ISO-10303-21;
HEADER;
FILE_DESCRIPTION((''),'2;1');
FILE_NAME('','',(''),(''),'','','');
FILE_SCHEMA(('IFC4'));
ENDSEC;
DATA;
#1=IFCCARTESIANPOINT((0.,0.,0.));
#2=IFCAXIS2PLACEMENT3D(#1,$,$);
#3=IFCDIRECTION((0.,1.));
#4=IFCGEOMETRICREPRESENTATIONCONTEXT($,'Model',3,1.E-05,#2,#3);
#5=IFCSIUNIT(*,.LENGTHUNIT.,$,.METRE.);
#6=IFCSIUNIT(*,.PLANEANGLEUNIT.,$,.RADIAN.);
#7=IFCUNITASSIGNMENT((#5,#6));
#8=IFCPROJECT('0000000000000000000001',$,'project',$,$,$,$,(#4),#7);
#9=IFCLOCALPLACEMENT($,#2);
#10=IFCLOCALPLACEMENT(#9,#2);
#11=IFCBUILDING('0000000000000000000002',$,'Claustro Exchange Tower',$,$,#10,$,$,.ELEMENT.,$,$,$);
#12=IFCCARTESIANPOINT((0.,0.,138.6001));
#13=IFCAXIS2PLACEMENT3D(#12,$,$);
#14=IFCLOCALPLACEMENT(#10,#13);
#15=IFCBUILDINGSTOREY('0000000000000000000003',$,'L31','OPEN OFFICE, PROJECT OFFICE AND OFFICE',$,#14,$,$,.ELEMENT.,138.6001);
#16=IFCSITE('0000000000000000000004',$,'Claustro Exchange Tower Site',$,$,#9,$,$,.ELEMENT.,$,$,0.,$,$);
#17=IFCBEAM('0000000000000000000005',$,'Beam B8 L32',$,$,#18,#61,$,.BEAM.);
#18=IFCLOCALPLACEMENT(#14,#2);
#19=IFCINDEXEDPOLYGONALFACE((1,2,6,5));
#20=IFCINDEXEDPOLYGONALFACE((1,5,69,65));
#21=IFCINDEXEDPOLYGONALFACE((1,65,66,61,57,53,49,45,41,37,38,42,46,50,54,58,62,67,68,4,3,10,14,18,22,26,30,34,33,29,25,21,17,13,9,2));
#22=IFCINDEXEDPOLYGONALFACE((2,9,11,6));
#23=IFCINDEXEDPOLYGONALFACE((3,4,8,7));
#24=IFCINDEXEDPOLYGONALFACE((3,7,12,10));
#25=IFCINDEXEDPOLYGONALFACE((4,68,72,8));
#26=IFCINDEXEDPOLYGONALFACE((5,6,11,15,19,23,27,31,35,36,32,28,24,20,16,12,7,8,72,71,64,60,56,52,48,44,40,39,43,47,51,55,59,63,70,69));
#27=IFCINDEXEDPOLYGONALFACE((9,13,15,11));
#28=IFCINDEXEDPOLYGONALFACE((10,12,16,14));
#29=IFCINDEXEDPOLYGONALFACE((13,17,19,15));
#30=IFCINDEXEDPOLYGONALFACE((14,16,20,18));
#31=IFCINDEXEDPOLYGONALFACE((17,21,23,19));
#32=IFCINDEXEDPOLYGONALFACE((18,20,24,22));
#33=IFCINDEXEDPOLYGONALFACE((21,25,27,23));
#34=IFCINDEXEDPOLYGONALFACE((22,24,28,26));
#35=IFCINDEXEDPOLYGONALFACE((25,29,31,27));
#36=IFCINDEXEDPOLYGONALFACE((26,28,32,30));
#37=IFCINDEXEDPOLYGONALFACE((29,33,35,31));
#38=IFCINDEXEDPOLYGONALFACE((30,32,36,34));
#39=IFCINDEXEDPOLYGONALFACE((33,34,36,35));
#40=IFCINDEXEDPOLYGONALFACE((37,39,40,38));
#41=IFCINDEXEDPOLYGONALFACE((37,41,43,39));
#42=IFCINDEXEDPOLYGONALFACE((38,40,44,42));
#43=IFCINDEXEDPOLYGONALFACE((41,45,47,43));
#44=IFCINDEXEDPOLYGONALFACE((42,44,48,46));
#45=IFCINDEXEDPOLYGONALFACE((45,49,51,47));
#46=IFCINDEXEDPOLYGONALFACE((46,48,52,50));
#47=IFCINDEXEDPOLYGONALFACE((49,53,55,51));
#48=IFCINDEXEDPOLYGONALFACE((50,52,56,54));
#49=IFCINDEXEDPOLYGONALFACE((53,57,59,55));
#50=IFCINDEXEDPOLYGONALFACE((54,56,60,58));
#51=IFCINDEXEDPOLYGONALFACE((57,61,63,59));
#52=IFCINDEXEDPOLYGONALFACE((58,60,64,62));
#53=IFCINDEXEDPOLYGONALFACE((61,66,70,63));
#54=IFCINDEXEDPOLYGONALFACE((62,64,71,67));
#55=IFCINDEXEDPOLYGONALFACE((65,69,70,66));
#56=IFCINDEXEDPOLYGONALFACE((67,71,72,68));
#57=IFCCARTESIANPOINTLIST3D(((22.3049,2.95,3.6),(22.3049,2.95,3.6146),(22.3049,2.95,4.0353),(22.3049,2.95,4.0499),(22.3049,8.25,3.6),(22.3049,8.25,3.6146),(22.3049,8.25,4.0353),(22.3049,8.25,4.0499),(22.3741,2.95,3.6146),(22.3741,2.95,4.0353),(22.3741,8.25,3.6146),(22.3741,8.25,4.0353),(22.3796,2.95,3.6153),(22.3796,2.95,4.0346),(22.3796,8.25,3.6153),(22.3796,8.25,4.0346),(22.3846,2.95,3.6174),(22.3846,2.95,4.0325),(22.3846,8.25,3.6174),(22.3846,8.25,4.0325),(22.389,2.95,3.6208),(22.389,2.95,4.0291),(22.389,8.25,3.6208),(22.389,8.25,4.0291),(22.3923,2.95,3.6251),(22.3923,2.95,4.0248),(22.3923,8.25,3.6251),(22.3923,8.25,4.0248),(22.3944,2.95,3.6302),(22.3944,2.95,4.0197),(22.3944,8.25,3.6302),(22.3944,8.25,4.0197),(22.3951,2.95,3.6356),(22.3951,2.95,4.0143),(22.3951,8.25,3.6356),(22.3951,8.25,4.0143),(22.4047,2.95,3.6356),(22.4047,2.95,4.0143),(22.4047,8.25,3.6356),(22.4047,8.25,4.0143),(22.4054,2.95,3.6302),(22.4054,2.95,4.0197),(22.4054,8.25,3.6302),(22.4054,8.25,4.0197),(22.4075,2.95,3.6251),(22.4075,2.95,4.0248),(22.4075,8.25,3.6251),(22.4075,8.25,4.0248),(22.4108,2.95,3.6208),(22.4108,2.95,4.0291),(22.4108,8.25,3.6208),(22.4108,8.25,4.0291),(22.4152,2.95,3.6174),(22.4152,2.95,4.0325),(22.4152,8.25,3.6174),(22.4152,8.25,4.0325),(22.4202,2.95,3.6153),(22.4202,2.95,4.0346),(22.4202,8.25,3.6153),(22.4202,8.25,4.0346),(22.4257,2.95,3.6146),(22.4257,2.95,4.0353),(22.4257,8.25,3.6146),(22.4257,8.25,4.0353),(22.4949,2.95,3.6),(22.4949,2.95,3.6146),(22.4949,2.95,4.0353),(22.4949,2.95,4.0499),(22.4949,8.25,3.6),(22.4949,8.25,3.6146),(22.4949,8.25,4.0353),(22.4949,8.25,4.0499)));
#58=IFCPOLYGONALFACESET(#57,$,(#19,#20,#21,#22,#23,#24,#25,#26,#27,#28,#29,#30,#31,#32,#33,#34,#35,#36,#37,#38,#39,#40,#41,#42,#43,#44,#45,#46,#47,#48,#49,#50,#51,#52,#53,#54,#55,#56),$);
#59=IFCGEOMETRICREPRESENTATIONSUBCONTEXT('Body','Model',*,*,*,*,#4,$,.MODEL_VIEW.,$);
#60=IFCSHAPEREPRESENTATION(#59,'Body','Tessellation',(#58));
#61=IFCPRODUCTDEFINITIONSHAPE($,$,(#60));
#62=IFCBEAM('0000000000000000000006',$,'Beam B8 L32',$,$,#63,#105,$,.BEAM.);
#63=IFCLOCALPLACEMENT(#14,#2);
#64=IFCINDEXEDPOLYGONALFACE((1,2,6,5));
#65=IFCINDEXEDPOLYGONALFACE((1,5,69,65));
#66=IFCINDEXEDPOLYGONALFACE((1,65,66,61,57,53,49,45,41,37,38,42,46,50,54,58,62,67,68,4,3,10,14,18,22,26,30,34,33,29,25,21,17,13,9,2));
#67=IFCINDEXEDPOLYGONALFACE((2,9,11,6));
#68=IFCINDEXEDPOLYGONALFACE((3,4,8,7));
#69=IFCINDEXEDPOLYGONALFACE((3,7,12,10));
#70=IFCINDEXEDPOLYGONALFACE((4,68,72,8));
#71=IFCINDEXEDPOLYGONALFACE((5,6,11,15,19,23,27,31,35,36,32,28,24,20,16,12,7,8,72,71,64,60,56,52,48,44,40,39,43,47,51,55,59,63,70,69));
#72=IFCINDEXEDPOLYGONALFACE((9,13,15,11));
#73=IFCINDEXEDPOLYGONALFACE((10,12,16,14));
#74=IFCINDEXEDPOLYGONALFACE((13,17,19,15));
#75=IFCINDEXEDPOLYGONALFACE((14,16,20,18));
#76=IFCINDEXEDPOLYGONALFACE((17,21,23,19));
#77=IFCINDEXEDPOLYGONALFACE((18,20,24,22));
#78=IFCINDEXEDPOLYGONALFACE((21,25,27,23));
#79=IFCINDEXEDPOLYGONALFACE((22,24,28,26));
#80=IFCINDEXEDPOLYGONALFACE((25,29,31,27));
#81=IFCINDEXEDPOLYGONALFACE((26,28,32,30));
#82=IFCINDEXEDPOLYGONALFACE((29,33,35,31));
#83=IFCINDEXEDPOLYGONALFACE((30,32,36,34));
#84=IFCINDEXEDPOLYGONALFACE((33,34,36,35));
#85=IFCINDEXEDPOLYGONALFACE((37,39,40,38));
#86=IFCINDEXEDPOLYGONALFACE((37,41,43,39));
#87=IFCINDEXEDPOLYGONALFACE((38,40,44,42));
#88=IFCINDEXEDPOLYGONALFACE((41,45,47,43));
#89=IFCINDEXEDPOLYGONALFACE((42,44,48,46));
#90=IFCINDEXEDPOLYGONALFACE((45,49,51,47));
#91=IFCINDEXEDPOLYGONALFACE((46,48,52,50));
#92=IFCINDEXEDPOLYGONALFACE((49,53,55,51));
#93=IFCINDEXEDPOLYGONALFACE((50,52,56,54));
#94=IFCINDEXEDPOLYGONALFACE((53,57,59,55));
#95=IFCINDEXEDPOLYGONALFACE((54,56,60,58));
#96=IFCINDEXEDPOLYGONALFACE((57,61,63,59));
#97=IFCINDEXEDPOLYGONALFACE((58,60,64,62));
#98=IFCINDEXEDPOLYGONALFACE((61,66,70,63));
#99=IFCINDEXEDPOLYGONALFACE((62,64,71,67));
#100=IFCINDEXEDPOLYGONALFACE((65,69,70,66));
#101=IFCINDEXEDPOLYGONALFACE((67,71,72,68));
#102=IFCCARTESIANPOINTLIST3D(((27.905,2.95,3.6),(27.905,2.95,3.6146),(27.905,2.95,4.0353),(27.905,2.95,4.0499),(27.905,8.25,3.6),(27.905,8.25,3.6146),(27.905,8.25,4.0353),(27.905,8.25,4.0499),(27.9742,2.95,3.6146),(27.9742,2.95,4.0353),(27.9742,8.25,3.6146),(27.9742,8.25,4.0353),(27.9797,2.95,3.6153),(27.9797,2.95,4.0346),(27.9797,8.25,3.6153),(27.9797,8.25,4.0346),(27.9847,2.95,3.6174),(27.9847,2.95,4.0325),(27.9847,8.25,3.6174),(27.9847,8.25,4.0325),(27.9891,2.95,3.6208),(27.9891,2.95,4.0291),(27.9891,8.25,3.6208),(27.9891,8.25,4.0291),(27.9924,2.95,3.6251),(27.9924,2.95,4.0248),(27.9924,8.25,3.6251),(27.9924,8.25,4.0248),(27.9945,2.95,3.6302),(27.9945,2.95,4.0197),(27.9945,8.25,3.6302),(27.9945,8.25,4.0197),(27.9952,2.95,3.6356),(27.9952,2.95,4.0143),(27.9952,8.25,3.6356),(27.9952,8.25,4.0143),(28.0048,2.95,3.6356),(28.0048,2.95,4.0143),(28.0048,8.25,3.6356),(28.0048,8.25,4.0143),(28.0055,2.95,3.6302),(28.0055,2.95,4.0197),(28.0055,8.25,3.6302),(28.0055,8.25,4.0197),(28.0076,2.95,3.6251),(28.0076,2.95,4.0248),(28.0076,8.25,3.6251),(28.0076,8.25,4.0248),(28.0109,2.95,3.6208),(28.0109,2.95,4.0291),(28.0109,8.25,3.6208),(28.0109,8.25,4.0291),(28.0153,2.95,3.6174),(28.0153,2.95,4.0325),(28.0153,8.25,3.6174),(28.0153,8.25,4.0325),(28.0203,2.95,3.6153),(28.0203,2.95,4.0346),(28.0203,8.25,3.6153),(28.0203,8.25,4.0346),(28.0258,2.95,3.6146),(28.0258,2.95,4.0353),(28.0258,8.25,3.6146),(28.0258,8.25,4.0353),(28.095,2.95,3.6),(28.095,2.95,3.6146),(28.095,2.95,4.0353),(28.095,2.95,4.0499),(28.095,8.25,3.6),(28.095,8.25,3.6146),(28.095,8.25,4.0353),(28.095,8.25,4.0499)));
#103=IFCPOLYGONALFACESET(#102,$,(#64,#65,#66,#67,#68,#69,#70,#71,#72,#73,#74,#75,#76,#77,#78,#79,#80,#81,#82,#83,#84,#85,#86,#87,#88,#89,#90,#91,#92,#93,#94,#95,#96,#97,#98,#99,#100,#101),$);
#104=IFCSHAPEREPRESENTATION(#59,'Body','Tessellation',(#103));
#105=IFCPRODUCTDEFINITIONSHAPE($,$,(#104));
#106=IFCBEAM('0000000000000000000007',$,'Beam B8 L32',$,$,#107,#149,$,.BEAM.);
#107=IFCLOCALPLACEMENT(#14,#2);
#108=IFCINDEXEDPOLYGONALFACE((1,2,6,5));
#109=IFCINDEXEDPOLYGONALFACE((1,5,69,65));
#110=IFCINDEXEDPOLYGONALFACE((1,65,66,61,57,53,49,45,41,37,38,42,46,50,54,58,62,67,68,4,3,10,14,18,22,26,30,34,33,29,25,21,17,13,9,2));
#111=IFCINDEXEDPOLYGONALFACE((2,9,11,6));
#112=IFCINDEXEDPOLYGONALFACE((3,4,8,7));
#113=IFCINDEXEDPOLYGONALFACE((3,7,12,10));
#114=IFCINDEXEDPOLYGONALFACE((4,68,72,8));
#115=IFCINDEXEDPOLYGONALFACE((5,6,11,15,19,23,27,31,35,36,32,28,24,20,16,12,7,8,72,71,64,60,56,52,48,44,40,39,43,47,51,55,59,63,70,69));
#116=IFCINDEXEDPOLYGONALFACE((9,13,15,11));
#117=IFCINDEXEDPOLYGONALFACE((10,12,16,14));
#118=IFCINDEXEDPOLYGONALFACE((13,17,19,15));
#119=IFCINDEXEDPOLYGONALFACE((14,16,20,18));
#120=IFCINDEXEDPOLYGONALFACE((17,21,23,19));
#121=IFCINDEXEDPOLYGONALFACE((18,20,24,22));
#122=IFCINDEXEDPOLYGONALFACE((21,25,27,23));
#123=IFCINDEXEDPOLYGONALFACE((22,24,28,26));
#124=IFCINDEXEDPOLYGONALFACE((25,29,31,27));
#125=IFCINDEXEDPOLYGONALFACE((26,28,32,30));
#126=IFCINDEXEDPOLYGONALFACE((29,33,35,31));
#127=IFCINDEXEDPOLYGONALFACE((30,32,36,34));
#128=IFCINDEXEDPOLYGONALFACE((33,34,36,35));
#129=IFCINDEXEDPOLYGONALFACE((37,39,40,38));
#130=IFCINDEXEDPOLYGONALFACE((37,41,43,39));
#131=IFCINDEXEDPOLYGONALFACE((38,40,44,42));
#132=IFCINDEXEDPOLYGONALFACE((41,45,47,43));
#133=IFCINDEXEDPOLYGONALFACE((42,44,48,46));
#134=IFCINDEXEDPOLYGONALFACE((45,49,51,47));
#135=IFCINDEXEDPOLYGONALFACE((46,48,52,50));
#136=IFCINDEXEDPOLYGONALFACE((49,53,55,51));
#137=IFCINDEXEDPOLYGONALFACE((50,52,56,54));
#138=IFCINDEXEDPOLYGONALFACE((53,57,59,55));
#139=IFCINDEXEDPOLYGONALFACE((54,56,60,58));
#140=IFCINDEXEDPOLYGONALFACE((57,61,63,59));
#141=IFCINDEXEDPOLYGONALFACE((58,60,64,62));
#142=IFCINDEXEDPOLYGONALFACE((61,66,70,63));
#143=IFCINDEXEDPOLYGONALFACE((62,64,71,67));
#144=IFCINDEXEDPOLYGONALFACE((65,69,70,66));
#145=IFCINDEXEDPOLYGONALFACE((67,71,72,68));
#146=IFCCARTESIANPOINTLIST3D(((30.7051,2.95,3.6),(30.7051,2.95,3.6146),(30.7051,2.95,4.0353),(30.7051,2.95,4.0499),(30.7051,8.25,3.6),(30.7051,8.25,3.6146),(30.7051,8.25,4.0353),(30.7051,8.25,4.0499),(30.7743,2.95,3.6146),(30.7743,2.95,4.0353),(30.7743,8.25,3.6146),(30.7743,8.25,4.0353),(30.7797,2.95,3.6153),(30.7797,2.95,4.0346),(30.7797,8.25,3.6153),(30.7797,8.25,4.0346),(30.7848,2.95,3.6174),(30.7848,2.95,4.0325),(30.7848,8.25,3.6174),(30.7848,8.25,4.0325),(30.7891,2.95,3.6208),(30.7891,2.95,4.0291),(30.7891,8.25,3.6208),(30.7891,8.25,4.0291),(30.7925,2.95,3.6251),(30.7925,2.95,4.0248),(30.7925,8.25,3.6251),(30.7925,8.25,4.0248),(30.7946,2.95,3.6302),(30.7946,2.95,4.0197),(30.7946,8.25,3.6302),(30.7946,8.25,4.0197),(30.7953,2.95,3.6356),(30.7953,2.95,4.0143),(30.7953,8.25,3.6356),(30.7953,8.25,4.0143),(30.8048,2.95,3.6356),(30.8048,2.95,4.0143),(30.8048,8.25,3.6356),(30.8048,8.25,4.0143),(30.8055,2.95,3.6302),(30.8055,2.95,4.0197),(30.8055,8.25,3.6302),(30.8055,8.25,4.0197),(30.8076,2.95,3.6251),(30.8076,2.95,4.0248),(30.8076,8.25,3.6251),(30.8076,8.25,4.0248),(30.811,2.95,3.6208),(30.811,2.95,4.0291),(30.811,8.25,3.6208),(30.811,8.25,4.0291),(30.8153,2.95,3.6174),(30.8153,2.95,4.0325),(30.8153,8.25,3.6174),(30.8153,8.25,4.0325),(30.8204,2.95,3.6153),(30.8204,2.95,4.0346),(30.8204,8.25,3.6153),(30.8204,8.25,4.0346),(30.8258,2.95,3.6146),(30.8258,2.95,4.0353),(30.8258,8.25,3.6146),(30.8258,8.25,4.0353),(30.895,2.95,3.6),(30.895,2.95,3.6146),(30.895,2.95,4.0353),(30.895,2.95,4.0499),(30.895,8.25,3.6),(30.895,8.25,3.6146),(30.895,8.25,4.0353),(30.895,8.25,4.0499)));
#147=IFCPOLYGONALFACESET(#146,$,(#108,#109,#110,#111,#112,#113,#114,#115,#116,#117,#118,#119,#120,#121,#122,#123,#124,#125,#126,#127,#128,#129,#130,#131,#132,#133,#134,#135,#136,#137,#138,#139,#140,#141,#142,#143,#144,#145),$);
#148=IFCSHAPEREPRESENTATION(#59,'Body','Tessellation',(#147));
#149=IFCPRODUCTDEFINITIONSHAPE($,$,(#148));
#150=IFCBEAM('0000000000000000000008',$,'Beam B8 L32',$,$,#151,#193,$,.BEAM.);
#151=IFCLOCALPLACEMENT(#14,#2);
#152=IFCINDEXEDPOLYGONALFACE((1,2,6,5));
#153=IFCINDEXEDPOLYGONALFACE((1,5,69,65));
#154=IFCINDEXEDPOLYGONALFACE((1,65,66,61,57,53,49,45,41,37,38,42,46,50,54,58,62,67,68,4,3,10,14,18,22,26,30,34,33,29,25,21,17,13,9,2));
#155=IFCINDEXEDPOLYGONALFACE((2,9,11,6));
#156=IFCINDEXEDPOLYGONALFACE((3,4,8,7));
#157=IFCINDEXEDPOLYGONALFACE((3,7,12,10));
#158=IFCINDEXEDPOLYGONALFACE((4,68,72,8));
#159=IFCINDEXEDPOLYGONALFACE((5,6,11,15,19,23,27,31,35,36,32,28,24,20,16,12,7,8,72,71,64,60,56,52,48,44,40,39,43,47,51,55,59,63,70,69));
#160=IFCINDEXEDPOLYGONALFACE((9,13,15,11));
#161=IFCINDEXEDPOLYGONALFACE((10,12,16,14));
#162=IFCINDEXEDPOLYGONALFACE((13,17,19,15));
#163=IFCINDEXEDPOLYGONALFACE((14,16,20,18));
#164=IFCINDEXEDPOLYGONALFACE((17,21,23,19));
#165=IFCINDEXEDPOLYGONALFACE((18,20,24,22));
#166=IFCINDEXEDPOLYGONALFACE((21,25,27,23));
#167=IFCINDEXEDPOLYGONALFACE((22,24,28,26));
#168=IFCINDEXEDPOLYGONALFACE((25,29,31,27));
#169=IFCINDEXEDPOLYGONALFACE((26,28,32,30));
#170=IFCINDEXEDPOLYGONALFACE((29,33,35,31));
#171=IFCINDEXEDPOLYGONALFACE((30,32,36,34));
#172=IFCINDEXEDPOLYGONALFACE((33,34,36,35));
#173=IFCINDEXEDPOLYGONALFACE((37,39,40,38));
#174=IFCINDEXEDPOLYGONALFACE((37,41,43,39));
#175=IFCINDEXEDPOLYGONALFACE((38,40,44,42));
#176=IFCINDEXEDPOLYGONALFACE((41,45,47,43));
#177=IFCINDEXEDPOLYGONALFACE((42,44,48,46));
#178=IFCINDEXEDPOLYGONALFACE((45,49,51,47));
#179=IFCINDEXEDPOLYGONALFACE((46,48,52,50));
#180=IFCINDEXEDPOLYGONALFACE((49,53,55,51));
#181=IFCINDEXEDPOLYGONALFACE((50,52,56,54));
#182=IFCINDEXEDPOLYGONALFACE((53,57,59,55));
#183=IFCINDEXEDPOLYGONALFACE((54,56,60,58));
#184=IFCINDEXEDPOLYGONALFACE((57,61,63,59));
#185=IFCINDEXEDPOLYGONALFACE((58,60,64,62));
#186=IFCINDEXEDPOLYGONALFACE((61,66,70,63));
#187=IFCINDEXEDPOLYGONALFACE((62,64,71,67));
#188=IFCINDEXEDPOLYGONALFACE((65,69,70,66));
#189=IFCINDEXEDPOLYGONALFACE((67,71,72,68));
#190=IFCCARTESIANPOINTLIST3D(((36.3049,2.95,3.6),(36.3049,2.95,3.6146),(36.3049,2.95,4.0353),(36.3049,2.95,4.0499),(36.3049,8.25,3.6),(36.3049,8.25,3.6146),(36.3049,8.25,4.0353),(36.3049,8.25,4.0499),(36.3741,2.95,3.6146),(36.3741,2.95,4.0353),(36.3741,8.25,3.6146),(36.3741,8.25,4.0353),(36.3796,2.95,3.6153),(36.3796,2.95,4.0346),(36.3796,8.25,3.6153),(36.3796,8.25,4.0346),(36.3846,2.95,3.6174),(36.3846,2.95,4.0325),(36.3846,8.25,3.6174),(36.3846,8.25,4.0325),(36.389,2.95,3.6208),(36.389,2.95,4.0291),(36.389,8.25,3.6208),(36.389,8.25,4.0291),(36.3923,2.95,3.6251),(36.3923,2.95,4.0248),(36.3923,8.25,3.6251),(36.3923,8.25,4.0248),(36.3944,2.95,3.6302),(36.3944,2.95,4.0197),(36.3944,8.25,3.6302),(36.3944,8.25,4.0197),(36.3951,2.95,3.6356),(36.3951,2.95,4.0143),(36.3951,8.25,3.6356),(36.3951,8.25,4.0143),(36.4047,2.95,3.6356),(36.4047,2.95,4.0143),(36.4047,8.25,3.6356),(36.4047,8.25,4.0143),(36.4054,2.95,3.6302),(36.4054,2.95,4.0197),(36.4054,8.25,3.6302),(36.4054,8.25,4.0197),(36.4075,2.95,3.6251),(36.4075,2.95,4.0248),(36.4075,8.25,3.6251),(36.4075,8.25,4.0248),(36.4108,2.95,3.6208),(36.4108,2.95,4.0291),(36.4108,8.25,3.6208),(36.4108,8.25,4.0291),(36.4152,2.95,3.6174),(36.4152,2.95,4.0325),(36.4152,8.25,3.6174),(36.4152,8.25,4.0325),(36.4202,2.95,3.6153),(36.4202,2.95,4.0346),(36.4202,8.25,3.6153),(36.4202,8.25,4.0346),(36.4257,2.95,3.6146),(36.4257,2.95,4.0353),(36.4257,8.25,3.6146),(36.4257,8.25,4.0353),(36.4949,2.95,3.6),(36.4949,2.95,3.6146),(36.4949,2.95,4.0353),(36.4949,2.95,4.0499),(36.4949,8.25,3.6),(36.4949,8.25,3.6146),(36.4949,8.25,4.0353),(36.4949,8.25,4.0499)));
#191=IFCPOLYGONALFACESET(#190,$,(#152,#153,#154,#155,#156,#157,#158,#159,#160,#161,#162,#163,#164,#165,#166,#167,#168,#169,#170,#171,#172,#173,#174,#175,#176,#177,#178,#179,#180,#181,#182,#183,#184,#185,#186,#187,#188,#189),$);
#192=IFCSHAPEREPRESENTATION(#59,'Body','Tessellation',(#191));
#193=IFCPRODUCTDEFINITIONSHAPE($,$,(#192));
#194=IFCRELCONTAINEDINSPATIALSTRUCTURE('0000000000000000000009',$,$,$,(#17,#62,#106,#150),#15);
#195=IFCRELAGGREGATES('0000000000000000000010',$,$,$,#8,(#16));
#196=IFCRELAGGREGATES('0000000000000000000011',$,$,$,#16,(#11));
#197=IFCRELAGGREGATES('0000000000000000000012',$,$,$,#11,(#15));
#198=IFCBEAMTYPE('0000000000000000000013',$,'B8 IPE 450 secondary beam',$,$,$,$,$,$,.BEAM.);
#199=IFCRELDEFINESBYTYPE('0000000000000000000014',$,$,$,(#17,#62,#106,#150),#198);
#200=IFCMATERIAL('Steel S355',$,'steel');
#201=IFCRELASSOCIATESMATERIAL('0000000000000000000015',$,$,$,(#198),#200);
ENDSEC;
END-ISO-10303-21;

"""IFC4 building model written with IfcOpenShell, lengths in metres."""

from ifc_helpers import new_model, si_unit, direction, frame, origin, origin_2d, place, context, subcontext, project, spatial, i_section, extrude, material, material_profile, profile_set, type_object, element, save


model = new_model("IFC4")

# Units and contexts
model_context = context("Model", 3, precision=1e-05, world=origin(), true_north=direction((0.0, 1.0)))
body_context = subcontext(model_context, "Body", "Model", "MODEL_VIEW")
ifc_project = project(units=[si_unit("LENGTHUNIT", "METRE"), si_unit("PLANEANGLEUNIT", "RADIAN")], contexts=[model_context])

# Site, building, storey
site_placement = place(None, origin())
site = spatial("IfcSite", under=ifc_project, at=site_placement, Name="Claustro Exchange Tower Site", CompositionType="ELEMENT", RefElevation=0.0)
building_placement = place(site_placement, origin())
building = spatial("IfcBuilding", under=site, at=building_placement, Name="Claustro Exchange Tower", CompositionType="ELEMENT")
storey_placement = place(building_placement, frame((0.0, 0.0, 138.6001)))
storey = spatial("IfcBuildingStorey", under=building, at=storey_placement, Name="L31", Description="OPEN OFFICE, PROJECT OFFICE AND OFFICE", CompositionType="ELEMENT", Elevation=138.6001)

# Beams
ifc_material_1 = material(Name="Steel S355", Category="steel")
ifc_material_profile_1 = material_profile(ifc_material_1, i_section(OverallWidth=0.1899, OverallDepth=0.45, WebThickness=0.0095, FlangeThickness=0.0146, FilletRadius=0.021, at=origin_2d()), Name="IPE 450")
ifc_profile_set_1 = profile_set([ifc_material_profile_1], Name="Steel S355")
beam_type_1 = type_object("IfcBeamType", Name="B8 IPE 450 secondary beam", PredefinedType="BEAM", material=ifc_profile_set_1)
for number, where, z_axis, x_axis, name in (
    (1, (22.3999, 2.95, 3.825), (0.0, 1.0, 0.0), (-1.0, 0.0, 0.0), "Beam B8 L32"),
    (2, (28.0, 2.95, 3.825), (0.0, 1.0, 0.0), (-1.0, 0.0, 0.0), "Beam B8 L32"),
    (3, (30.8, 2.95, 3.825), (0.0, 1.0, 0.0), (-1.0, 0.0, 0.0), "Beam B8 L32"),
    (4, (36.3999, 2.95, 3.825), (0.0, 1.0, 0.0), (-1.0, 0.0, 0.0), "Beam B8 L32"),
):
    element("IfcBeam", number, at=place(storey_placement, frame(where, z_axis=z_axis, x_axis=x_axis)), inside=storey, type_object=beam_type_1, Name=name, PredefinedType="BEAM", context=body_context, shape_type="SweptSolid", body=[
        extrude(i_section(OverallWidth=0.1899, OverallDepth=0.45, WebThickness=0.0095, FlangeThickness=0.0146, FilletRadius=0.021, at=origin_2d()), origin(), (0.0, 0.0, 1.0), 5.3),
    ])

save(model, "model.ifc")
